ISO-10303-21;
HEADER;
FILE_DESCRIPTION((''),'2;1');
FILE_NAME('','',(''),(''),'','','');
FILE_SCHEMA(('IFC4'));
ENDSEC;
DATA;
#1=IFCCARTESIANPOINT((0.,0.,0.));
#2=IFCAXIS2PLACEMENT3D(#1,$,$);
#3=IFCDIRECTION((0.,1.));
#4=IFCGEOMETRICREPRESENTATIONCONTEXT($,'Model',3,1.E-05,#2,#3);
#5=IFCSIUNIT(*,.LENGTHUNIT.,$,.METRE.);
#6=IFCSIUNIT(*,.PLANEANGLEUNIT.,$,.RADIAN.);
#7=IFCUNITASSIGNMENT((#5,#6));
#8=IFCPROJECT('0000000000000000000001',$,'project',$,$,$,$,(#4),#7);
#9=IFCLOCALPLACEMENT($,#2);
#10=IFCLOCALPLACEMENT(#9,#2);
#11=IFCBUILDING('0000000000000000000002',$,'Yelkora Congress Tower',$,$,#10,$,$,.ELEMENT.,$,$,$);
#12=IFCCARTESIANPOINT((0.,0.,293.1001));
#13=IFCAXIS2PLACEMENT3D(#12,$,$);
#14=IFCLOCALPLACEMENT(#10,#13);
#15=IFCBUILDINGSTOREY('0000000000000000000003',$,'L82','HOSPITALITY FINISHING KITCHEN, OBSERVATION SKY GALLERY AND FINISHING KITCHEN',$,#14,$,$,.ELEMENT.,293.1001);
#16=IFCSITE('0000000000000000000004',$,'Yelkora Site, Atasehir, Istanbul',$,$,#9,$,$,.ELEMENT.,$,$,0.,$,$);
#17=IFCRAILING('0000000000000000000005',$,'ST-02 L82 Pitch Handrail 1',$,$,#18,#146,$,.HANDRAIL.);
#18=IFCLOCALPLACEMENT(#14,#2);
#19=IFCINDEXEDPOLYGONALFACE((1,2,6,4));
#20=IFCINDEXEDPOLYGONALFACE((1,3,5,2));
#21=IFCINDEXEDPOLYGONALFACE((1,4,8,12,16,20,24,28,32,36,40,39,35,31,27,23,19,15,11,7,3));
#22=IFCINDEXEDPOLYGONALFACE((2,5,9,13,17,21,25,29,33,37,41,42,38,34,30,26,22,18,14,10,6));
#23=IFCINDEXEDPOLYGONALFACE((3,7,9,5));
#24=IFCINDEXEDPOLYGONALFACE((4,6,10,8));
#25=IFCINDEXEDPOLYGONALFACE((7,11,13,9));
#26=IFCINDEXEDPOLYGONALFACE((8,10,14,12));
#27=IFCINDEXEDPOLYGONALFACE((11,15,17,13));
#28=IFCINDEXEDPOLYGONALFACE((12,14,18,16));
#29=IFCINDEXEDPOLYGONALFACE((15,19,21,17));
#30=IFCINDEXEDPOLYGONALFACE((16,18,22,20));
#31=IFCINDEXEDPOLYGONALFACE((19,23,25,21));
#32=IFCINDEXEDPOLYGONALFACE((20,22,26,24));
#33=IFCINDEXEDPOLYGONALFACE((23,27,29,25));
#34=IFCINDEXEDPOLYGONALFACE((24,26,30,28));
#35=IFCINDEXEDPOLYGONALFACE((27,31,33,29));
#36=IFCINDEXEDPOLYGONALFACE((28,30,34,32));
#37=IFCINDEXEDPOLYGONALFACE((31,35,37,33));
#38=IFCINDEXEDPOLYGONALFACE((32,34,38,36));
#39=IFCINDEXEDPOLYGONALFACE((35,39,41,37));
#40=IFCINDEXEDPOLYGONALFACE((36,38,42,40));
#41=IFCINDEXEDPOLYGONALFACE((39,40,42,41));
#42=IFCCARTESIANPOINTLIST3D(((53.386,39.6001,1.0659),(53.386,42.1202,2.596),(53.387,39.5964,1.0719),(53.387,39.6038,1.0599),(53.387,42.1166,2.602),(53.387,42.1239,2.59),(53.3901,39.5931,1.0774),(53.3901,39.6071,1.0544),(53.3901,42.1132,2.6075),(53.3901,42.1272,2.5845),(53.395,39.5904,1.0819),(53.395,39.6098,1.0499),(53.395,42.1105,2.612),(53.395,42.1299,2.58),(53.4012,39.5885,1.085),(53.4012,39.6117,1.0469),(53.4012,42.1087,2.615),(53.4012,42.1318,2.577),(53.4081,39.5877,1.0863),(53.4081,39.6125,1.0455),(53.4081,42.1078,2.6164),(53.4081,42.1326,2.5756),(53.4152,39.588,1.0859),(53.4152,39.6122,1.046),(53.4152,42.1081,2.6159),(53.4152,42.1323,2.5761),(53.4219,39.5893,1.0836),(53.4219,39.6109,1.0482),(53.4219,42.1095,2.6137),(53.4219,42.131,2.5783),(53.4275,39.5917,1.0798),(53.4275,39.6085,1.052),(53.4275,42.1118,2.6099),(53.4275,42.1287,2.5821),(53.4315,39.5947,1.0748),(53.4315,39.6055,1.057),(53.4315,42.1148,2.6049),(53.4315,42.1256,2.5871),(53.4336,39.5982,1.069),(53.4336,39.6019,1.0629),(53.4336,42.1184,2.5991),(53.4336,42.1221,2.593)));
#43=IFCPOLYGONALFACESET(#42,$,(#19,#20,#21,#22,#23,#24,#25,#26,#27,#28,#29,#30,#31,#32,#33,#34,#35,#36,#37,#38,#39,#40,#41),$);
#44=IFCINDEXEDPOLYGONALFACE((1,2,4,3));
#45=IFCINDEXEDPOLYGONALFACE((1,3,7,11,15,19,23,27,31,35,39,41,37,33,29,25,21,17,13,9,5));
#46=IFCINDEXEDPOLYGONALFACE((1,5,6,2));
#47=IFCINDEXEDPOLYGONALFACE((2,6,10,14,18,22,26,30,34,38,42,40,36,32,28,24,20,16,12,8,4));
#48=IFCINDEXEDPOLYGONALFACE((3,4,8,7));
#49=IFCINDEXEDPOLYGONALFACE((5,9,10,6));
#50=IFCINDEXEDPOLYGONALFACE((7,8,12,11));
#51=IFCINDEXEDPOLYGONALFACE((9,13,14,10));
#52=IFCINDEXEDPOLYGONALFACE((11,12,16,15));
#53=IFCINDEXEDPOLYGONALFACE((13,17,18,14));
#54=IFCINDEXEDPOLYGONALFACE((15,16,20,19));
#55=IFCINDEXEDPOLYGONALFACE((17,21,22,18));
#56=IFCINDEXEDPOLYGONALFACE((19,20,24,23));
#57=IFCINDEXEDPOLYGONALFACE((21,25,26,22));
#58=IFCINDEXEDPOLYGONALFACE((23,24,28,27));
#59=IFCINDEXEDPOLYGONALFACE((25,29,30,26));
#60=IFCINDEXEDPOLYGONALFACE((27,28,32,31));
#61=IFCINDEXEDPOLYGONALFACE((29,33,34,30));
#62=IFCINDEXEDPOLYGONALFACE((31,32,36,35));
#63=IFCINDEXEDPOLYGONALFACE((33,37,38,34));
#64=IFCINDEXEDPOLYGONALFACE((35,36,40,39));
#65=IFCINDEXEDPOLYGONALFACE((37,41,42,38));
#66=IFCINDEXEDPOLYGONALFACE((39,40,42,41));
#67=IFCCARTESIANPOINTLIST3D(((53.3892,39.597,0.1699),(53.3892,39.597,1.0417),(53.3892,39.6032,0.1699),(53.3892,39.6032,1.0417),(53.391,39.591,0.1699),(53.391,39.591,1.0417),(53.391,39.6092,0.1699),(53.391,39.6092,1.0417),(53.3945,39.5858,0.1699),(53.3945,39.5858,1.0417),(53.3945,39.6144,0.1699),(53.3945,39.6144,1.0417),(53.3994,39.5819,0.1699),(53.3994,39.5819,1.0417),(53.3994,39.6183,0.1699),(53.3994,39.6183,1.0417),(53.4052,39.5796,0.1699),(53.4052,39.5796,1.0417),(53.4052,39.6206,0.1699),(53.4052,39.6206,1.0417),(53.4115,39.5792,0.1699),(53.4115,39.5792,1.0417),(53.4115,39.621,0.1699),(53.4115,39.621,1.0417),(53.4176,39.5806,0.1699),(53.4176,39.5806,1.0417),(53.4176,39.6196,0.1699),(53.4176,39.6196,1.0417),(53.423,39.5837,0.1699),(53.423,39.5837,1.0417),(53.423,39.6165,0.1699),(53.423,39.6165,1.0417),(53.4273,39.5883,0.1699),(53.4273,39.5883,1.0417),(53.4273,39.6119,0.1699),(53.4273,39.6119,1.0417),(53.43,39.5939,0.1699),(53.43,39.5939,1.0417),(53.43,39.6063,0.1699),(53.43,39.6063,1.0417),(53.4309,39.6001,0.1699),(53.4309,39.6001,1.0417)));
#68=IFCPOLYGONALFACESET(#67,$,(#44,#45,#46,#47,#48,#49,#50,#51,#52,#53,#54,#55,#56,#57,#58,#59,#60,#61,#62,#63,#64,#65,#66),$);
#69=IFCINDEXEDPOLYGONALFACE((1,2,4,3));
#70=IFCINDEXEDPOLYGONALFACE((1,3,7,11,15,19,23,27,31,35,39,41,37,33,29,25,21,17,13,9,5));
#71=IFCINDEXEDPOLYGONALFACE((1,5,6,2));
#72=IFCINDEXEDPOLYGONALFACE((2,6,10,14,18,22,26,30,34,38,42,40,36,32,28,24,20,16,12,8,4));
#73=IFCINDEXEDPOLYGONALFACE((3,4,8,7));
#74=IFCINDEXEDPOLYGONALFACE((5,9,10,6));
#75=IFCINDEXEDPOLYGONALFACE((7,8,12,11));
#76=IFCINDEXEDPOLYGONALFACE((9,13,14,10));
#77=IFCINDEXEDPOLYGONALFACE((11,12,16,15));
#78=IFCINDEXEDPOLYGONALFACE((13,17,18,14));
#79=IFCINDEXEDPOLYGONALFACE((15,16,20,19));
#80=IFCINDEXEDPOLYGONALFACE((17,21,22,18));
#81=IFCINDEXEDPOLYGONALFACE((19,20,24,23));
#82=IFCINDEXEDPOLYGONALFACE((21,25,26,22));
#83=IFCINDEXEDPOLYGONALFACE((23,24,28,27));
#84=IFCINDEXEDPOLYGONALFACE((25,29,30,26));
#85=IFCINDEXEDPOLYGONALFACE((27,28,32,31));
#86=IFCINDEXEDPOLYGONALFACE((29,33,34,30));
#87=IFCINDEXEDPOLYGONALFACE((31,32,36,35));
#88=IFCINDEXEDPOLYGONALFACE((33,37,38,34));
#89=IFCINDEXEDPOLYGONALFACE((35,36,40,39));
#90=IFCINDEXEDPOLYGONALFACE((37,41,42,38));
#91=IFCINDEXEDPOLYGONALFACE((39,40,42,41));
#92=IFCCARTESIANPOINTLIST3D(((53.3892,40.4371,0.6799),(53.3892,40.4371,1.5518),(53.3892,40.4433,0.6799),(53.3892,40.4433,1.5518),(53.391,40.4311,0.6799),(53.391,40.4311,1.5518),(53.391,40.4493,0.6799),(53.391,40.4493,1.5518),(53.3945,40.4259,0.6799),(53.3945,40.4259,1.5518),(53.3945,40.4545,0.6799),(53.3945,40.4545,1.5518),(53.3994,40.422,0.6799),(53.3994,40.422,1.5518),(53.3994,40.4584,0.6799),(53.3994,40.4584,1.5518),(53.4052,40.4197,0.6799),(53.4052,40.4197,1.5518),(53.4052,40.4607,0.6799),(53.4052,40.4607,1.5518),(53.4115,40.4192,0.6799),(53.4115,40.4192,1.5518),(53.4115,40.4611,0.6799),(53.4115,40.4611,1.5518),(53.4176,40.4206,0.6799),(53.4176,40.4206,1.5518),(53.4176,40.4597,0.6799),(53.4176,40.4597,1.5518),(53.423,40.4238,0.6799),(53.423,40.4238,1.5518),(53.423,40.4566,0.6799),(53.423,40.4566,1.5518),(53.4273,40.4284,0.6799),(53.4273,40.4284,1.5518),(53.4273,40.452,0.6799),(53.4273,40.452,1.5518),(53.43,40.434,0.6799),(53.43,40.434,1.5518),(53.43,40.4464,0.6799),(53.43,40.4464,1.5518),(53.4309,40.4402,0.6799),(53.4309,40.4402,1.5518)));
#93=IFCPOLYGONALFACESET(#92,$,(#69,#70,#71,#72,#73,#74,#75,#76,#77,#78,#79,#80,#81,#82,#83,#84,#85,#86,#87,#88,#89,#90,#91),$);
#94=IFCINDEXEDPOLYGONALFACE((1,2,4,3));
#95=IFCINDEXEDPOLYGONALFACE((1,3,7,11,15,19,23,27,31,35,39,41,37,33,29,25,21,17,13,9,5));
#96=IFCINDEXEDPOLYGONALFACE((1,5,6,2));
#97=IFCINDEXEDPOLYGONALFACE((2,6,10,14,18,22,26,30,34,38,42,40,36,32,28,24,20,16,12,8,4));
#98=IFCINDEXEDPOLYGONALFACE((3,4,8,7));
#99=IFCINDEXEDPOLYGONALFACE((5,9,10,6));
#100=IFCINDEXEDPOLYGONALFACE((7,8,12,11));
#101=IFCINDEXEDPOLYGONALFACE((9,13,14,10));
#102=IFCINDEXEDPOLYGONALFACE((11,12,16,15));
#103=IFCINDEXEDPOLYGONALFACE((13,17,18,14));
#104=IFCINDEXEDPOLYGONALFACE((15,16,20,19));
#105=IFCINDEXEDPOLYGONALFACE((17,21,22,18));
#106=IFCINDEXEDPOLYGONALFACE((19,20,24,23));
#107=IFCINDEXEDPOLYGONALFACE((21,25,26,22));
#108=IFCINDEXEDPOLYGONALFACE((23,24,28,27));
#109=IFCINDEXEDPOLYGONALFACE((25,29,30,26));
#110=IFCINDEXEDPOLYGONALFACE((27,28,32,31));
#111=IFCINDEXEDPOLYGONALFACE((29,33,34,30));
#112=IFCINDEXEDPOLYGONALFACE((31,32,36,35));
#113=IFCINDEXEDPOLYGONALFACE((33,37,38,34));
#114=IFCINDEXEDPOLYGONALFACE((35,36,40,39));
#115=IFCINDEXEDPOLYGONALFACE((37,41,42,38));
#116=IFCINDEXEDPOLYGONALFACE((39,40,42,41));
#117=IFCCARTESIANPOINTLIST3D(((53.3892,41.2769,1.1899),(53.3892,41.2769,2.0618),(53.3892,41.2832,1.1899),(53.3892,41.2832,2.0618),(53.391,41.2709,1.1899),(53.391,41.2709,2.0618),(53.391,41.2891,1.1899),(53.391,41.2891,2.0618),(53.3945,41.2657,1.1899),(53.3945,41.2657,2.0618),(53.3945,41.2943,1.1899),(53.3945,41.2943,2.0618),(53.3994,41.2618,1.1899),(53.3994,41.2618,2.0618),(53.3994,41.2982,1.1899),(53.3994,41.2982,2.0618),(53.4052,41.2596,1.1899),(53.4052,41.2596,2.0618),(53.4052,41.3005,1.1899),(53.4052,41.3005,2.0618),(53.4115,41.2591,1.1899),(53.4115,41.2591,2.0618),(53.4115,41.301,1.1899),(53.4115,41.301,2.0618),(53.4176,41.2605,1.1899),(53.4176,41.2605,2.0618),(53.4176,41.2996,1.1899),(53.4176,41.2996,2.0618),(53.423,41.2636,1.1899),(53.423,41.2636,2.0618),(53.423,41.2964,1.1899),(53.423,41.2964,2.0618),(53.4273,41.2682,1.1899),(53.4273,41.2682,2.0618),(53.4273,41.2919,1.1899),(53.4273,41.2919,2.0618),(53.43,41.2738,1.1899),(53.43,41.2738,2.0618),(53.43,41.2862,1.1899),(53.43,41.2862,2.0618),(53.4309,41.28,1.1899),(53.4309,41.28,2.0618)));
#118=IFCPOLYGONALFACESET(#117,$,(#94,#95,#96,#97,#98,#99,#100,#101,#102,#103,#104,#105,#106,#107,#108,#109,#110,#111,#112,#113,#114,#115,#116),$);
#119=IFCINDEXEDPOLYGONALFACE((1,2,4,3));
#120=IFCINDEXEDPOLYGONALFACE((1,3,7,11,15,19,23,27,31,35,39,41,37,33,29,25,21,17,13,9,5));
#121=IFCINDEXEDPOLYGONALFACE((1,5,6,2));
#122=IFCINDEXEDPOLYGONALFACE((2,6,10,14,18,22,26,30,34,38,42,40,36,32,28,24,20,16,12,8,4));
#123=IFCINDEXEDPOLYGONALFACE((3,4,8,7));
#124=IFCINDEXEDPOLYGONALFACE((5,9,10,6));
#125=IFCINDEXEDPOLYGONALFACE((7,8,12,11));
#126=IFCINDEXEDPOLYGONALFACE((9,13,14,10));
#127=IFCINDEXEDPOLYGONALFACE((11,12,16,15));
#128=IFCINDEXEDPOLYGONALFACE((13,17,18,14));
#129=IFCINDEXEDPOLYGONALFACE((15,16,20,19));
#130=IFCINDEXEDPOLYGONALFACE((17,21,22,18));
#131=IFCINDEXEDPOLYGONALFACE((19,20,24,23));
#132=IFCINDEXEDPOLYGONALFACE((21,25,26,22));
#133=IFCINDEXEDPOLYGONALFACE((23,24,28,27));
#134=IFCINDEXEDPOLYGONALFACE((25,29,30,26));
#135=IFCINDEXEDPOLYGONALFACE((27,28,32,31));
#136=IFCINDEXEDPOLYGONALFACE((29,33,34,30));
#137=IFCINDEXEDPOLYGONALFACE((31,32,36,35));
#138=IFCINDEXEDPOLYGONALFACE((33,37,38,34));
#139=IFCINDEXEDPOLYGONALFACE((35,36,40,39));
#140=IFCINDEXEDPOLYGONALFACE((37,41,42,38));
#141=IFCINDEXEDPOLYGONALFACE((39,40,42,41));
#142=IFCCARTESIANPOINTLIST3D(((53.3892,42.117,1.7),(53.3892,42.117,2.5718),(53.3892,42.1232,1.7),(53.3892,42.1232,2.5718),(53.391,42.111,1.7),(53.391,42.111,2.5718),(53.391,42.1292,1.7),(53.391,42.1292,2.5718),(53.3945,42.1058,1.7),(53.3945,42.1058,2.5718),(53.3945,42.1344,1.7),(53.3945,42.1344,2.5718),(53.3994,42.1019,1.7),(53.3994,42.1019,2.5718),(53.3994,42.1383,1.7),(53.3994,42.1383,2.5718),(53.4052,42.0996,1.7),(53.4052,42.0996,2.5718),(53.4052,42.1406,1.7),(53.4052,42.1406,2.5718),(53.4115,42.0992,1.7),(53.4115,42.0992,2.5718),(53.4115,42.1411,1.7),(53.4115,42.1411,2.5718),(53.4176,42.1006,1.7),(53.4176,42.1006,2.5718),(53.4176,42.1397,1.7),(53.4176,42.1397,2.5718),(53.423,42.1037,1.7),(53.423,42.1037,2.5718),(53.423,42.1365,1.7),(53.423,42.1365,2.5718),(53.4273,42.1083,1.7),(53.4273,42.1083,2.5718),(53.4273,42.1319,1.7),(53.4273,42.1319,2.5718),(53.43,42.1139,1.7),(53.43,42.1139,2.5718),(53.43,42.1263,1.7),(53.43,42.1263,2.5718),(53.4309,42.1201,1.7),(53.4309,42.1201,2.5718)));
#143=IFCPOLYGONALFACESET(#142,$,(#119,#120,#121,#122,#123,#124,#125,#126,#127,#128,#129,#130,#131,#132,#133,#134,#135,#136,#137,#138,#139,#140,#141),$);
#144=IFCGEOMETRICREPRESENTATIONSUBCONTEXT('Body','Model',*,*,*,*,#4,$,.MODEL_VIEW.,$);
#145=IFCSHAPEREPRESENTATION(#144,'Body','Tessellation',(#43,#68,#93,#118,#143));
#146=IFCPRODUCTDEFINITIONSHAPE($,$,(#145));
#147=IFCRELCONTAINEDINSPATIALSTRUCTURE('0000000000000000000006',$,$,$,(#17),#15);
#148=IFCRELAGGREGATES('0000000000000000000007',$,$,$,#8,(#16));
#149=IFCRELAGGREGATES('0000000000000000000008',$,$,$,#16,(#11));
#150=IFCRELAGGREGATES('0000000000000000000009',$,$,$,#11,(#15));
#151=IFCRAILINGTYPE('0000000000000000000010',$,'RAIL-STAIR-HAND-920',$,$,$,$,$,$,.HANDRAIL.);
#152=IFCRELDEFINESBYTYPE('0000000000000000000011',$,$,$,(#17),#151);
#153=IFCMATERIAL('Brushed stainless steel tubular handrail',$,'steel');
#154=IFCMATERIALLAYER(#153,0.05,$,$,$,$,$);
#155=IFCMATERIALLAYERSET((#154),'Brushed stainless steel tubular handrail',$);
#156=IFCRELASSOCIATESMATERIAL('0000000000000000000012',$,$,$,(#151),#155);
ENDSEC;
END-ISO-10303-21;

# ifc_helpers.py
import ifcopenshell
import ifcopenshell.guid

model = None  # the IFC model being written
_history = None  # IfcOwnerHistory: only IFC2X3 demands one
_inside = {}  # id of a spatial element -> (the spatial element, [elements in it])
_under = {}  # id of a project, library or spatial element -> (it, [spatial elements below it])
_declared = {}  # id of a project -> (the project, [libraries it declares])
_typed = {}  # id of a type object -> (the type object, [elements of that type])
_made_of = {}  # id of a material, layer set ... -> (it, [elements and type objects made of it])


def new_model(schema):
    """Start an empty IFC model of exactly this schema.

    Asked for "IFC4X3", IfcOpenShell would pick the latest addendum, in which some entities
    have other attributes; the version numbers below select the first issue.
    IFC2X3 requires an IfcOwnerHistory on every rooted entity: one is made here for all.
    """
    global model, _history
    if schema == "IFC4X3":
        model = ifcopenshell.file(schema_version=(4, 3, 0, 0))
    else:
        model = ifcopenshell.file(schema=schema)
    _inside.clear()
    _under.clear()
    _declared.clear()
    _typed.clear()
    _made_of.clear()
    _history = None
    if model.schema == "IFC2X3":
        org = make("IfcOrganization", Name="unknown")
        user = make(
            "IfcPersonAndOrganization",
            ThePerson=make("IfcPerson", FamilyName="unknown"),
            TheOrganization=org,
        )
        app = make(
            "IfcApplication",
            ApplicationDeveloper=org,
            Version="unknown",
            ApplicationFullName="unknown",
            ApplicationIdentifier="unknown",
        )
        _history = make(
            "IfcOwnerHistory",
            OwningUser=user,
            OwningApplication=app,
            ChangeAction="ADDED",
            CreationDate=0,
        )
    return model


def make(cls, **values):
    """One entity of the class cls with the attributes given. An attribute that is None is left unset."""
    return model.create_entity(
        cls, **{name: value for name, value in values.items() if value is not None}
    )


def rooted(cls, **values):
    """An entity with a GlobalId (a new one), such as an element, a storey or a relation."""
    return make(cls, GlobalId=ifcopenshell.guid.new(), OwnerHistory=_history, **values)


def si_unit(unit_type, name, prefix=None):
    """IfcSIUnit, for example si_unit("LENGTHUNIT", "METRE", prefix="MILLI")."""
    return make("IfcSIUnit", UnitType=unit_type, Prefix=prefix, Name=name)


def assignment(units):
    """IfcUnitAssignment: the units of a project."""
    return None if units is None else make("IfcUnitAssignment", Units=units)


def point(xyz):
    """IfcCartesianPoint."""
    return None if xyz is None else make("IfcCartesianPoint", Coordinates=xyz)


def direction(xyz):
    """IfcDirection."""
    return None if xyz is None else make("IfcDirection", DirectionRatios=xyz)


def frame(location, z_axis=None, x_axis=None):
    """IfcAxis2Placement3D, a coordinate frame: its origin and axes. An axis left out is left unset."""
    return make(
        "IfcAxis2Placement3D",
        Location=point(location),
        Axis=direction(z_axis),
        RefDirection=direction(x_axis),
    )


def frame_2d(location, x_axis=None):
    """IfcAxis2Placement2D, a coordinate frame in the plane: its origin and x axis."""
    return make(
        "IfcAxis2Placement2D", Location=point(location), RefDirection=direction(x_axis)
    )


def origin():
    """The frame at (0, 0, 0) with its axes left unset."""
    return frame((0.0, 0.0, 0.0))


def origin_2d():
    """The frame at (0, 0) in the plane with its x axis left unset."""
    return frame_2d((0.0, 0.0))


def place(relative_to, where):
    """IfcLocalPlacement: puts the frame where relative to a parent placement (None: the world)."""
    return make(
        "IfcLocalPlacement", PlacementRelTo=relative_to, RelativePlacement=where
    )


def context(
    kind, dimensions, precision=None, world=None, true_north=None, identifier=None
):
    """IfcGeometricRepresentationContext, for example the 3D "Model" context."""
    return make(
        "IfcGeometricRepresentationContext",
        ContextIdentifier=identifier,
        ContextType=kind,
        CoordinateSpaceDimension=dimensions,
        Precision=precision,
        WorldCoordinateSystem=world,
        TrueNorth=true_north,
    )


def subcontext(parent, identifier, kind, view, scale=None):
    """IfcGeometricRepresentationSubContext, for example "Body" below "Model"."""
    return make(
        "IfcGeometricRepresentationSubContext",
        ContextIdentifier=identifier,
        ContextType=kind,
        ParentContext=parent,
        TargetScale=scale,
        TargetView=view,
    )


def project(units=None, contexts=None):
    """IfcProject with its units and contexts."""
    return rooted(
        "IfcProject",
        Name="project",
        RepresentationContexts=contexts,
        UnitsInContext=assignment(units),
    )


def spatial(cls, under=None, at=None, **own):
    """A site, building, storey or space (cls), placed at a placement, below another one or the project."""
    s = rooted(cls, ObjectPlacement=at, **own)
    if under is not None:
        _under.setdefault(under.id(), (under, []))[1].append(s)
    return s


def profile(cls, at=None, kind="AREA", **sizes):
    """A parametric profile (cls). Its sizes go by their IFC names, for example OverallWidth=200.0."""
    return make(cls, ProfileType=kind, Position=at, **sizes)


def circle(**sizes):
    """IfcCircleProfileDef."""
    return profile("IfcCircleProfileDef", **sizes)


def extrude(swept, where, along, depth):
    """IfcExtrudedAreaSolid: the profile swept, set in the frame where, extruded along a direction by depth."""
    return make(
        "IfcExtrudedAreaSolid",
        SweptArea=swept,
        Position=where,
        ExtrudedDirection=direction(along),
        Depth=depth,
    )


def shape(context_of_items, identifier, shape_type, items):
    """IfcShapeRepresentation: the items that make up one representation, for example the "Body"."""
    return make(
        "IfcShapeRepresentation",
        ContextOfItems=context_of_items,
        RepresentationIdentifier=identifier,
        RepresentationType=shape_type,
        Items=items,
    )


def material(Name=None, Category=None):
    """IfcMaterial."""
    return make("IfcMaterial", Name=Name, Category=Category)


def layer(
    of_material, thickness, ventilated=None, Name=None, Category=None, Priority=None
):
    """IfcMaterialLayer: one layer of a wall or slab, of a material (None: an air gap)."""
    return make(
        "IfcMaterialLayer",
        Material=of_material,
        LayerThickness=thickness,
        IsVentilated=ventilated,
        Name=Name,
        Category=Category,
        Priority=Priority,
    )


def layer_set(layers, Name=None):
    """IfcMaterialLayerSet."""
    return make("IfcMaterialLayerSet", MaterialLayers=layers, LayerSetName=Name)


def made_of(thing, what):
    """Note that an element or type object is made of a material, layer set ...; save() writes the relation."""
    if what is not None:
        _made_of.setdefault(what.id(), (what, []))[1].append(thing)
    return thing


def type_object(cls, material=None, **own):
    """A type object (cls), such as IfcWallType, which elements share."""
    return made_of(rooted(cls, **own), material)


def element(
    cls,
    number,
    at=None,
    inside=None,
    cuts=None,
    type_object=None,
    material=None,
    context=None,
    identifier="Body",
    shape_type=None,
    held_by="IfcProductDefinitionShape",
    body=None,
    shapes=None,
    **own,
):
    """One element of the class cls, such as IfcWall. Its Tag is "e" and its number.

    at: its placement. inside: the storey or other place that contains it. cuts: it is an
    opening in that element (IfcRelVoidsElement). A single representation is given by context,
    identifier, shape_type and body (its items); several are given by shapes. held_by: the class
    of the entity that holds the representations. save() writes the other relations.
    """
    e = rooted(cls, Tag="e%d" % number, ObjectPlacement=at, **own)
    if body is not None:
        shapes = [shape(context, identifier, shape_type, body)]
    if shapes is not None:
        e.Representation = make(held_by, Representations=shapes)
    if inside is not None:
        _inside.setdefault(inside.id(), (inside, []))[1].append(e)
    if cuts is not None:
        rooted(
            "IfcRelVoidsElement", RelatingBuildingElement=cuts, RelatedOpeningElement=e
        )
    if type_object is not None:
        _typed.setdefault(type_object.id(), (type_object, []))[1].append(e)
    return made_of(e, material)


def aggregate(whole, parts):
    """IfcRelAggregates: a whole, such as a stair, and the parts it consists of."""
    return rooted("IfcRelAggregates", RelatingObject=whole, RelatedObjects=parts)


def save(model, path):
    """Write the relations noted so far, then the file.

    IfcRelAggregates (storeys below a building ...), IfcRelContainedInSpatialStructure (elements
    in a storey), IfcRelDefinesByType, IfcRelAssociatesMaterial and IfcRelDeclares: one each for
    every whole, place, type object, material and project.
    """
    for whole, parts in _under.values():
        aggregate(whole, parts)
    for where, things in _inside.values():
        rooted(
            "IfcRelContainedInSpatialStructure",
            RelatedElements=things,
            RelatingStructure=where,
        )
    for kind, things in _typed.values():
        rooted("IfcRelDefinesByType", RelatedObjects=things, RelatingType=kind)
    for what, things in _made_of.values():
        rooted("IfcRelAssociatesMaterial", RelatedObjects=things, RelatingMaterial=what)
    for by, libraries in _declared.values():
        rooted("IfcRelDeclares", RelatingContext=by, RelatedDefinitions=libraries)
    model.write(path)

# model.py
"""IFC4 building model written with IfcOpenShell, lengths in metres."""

from ifc_helpers import new_model, si_unit, direction, frame, origin, origin_2d, place, context, subcontext, project, spatial, circle, extrude, material, layer, layer_set, type_object, element, save


model = new_model("IFC4")

# Units and contexts
model_context = context("Model", 3, precision=1e-05, world=origin(), true_north=direction((0.0, 1.0)))
body_context = subcontext(model_context, "Body", "Model", "MODEL_VIEW")
ifc_project = project(units=[si_unit("LENGTHUNIT", "METRE"), si_unit("PLANEANGLEUNIT", "RADIAN")], contexts=[model_context])

# Site, building, storey
site_placement = place(None, origin())
site = spatial("IfcSite", under=ifc_project, at=site_placement, Name="Yelkora Site, Atasehir, Istanbul", CompositionType="ELEMENT", RefElevation=0.0)
building_placement = place(site_placement, origin())
building = spatial("IfcBuilding", under=site, at=building_placement, Name="Yelkora Congress Tower", CompositionType="ELEMENT")
storey_placement = place(building_placement, frame((0.0, 0.0, 293.1001)))
storey = spatial("IfcBuildingStorey", under=building, at=storey_placement, Name="L82", Description="HOSPITALITY FINISHING KITCHEN, OBSERVATION SKY GALLERY AND FINISHING KITCHEN", CompositionType="ELEMENT", Elevation=293.1001)

# Railing
ifc_material_1 = material(Name="Brushed stainless steel tubular handrail", Category="steel")
ifc_layer_1 = layer(ifc_material_1, 0.05)
ifc_layer_set_1 = layer_set([ifc_layer_1], Name="Brushed stainless steel tubular handrail")
railing_type_1 = type_object("IfcRailingType", Name="RAIL-STAIR-HAND-920", PredefinedType="HANDRAIL", material=ifc_layer_set_1)
railing_1_placement = place(storey_placement, frame((53.4099, 39.6001, 0.1699)))
element("IfcRailing", 1, at=railing_1_placement, inside=storey, type_object=railing_type_1, Name="ST-02 L82 Pitch Handrail 1", PredefinedType="HANDRAIL", context=body_context, shape_type="SweptSolid", body=[
    extrude(circle(Radius=0.0239, at=origin_2d()), frame((0.0, 0.0, 0.896), z_axis=(0.0, 0.854785, 0.518982), x_axis=(-1.0, 0.0, 0.0)), (0.0, 0.0, 1.0), 2.9482),
    extrude(circle(Radius=0.021, at=origin_2d()), origin(), (0.0, 0.0, 1.0), 0.8718),
    extrude(circle(Radius=0.021, at=origin_2d()), frame((0.0, 0.8401, 0.51)), (0.0, 0.0, 1.0), 0.8718),
    extrude(circle(Radius=0.021, at=origin_2d()), frame((0.0, 1.6799, 1.02)), (0.0, 0.0, 1.0), 0.8718),
    extrude(circle(Radius=0.021, at=origin_2d()), frame((0.0, 2.52, 1.53)), (0.0, 0.0, 1.0), 0.8718),
])

save(model, "model.ifc")
